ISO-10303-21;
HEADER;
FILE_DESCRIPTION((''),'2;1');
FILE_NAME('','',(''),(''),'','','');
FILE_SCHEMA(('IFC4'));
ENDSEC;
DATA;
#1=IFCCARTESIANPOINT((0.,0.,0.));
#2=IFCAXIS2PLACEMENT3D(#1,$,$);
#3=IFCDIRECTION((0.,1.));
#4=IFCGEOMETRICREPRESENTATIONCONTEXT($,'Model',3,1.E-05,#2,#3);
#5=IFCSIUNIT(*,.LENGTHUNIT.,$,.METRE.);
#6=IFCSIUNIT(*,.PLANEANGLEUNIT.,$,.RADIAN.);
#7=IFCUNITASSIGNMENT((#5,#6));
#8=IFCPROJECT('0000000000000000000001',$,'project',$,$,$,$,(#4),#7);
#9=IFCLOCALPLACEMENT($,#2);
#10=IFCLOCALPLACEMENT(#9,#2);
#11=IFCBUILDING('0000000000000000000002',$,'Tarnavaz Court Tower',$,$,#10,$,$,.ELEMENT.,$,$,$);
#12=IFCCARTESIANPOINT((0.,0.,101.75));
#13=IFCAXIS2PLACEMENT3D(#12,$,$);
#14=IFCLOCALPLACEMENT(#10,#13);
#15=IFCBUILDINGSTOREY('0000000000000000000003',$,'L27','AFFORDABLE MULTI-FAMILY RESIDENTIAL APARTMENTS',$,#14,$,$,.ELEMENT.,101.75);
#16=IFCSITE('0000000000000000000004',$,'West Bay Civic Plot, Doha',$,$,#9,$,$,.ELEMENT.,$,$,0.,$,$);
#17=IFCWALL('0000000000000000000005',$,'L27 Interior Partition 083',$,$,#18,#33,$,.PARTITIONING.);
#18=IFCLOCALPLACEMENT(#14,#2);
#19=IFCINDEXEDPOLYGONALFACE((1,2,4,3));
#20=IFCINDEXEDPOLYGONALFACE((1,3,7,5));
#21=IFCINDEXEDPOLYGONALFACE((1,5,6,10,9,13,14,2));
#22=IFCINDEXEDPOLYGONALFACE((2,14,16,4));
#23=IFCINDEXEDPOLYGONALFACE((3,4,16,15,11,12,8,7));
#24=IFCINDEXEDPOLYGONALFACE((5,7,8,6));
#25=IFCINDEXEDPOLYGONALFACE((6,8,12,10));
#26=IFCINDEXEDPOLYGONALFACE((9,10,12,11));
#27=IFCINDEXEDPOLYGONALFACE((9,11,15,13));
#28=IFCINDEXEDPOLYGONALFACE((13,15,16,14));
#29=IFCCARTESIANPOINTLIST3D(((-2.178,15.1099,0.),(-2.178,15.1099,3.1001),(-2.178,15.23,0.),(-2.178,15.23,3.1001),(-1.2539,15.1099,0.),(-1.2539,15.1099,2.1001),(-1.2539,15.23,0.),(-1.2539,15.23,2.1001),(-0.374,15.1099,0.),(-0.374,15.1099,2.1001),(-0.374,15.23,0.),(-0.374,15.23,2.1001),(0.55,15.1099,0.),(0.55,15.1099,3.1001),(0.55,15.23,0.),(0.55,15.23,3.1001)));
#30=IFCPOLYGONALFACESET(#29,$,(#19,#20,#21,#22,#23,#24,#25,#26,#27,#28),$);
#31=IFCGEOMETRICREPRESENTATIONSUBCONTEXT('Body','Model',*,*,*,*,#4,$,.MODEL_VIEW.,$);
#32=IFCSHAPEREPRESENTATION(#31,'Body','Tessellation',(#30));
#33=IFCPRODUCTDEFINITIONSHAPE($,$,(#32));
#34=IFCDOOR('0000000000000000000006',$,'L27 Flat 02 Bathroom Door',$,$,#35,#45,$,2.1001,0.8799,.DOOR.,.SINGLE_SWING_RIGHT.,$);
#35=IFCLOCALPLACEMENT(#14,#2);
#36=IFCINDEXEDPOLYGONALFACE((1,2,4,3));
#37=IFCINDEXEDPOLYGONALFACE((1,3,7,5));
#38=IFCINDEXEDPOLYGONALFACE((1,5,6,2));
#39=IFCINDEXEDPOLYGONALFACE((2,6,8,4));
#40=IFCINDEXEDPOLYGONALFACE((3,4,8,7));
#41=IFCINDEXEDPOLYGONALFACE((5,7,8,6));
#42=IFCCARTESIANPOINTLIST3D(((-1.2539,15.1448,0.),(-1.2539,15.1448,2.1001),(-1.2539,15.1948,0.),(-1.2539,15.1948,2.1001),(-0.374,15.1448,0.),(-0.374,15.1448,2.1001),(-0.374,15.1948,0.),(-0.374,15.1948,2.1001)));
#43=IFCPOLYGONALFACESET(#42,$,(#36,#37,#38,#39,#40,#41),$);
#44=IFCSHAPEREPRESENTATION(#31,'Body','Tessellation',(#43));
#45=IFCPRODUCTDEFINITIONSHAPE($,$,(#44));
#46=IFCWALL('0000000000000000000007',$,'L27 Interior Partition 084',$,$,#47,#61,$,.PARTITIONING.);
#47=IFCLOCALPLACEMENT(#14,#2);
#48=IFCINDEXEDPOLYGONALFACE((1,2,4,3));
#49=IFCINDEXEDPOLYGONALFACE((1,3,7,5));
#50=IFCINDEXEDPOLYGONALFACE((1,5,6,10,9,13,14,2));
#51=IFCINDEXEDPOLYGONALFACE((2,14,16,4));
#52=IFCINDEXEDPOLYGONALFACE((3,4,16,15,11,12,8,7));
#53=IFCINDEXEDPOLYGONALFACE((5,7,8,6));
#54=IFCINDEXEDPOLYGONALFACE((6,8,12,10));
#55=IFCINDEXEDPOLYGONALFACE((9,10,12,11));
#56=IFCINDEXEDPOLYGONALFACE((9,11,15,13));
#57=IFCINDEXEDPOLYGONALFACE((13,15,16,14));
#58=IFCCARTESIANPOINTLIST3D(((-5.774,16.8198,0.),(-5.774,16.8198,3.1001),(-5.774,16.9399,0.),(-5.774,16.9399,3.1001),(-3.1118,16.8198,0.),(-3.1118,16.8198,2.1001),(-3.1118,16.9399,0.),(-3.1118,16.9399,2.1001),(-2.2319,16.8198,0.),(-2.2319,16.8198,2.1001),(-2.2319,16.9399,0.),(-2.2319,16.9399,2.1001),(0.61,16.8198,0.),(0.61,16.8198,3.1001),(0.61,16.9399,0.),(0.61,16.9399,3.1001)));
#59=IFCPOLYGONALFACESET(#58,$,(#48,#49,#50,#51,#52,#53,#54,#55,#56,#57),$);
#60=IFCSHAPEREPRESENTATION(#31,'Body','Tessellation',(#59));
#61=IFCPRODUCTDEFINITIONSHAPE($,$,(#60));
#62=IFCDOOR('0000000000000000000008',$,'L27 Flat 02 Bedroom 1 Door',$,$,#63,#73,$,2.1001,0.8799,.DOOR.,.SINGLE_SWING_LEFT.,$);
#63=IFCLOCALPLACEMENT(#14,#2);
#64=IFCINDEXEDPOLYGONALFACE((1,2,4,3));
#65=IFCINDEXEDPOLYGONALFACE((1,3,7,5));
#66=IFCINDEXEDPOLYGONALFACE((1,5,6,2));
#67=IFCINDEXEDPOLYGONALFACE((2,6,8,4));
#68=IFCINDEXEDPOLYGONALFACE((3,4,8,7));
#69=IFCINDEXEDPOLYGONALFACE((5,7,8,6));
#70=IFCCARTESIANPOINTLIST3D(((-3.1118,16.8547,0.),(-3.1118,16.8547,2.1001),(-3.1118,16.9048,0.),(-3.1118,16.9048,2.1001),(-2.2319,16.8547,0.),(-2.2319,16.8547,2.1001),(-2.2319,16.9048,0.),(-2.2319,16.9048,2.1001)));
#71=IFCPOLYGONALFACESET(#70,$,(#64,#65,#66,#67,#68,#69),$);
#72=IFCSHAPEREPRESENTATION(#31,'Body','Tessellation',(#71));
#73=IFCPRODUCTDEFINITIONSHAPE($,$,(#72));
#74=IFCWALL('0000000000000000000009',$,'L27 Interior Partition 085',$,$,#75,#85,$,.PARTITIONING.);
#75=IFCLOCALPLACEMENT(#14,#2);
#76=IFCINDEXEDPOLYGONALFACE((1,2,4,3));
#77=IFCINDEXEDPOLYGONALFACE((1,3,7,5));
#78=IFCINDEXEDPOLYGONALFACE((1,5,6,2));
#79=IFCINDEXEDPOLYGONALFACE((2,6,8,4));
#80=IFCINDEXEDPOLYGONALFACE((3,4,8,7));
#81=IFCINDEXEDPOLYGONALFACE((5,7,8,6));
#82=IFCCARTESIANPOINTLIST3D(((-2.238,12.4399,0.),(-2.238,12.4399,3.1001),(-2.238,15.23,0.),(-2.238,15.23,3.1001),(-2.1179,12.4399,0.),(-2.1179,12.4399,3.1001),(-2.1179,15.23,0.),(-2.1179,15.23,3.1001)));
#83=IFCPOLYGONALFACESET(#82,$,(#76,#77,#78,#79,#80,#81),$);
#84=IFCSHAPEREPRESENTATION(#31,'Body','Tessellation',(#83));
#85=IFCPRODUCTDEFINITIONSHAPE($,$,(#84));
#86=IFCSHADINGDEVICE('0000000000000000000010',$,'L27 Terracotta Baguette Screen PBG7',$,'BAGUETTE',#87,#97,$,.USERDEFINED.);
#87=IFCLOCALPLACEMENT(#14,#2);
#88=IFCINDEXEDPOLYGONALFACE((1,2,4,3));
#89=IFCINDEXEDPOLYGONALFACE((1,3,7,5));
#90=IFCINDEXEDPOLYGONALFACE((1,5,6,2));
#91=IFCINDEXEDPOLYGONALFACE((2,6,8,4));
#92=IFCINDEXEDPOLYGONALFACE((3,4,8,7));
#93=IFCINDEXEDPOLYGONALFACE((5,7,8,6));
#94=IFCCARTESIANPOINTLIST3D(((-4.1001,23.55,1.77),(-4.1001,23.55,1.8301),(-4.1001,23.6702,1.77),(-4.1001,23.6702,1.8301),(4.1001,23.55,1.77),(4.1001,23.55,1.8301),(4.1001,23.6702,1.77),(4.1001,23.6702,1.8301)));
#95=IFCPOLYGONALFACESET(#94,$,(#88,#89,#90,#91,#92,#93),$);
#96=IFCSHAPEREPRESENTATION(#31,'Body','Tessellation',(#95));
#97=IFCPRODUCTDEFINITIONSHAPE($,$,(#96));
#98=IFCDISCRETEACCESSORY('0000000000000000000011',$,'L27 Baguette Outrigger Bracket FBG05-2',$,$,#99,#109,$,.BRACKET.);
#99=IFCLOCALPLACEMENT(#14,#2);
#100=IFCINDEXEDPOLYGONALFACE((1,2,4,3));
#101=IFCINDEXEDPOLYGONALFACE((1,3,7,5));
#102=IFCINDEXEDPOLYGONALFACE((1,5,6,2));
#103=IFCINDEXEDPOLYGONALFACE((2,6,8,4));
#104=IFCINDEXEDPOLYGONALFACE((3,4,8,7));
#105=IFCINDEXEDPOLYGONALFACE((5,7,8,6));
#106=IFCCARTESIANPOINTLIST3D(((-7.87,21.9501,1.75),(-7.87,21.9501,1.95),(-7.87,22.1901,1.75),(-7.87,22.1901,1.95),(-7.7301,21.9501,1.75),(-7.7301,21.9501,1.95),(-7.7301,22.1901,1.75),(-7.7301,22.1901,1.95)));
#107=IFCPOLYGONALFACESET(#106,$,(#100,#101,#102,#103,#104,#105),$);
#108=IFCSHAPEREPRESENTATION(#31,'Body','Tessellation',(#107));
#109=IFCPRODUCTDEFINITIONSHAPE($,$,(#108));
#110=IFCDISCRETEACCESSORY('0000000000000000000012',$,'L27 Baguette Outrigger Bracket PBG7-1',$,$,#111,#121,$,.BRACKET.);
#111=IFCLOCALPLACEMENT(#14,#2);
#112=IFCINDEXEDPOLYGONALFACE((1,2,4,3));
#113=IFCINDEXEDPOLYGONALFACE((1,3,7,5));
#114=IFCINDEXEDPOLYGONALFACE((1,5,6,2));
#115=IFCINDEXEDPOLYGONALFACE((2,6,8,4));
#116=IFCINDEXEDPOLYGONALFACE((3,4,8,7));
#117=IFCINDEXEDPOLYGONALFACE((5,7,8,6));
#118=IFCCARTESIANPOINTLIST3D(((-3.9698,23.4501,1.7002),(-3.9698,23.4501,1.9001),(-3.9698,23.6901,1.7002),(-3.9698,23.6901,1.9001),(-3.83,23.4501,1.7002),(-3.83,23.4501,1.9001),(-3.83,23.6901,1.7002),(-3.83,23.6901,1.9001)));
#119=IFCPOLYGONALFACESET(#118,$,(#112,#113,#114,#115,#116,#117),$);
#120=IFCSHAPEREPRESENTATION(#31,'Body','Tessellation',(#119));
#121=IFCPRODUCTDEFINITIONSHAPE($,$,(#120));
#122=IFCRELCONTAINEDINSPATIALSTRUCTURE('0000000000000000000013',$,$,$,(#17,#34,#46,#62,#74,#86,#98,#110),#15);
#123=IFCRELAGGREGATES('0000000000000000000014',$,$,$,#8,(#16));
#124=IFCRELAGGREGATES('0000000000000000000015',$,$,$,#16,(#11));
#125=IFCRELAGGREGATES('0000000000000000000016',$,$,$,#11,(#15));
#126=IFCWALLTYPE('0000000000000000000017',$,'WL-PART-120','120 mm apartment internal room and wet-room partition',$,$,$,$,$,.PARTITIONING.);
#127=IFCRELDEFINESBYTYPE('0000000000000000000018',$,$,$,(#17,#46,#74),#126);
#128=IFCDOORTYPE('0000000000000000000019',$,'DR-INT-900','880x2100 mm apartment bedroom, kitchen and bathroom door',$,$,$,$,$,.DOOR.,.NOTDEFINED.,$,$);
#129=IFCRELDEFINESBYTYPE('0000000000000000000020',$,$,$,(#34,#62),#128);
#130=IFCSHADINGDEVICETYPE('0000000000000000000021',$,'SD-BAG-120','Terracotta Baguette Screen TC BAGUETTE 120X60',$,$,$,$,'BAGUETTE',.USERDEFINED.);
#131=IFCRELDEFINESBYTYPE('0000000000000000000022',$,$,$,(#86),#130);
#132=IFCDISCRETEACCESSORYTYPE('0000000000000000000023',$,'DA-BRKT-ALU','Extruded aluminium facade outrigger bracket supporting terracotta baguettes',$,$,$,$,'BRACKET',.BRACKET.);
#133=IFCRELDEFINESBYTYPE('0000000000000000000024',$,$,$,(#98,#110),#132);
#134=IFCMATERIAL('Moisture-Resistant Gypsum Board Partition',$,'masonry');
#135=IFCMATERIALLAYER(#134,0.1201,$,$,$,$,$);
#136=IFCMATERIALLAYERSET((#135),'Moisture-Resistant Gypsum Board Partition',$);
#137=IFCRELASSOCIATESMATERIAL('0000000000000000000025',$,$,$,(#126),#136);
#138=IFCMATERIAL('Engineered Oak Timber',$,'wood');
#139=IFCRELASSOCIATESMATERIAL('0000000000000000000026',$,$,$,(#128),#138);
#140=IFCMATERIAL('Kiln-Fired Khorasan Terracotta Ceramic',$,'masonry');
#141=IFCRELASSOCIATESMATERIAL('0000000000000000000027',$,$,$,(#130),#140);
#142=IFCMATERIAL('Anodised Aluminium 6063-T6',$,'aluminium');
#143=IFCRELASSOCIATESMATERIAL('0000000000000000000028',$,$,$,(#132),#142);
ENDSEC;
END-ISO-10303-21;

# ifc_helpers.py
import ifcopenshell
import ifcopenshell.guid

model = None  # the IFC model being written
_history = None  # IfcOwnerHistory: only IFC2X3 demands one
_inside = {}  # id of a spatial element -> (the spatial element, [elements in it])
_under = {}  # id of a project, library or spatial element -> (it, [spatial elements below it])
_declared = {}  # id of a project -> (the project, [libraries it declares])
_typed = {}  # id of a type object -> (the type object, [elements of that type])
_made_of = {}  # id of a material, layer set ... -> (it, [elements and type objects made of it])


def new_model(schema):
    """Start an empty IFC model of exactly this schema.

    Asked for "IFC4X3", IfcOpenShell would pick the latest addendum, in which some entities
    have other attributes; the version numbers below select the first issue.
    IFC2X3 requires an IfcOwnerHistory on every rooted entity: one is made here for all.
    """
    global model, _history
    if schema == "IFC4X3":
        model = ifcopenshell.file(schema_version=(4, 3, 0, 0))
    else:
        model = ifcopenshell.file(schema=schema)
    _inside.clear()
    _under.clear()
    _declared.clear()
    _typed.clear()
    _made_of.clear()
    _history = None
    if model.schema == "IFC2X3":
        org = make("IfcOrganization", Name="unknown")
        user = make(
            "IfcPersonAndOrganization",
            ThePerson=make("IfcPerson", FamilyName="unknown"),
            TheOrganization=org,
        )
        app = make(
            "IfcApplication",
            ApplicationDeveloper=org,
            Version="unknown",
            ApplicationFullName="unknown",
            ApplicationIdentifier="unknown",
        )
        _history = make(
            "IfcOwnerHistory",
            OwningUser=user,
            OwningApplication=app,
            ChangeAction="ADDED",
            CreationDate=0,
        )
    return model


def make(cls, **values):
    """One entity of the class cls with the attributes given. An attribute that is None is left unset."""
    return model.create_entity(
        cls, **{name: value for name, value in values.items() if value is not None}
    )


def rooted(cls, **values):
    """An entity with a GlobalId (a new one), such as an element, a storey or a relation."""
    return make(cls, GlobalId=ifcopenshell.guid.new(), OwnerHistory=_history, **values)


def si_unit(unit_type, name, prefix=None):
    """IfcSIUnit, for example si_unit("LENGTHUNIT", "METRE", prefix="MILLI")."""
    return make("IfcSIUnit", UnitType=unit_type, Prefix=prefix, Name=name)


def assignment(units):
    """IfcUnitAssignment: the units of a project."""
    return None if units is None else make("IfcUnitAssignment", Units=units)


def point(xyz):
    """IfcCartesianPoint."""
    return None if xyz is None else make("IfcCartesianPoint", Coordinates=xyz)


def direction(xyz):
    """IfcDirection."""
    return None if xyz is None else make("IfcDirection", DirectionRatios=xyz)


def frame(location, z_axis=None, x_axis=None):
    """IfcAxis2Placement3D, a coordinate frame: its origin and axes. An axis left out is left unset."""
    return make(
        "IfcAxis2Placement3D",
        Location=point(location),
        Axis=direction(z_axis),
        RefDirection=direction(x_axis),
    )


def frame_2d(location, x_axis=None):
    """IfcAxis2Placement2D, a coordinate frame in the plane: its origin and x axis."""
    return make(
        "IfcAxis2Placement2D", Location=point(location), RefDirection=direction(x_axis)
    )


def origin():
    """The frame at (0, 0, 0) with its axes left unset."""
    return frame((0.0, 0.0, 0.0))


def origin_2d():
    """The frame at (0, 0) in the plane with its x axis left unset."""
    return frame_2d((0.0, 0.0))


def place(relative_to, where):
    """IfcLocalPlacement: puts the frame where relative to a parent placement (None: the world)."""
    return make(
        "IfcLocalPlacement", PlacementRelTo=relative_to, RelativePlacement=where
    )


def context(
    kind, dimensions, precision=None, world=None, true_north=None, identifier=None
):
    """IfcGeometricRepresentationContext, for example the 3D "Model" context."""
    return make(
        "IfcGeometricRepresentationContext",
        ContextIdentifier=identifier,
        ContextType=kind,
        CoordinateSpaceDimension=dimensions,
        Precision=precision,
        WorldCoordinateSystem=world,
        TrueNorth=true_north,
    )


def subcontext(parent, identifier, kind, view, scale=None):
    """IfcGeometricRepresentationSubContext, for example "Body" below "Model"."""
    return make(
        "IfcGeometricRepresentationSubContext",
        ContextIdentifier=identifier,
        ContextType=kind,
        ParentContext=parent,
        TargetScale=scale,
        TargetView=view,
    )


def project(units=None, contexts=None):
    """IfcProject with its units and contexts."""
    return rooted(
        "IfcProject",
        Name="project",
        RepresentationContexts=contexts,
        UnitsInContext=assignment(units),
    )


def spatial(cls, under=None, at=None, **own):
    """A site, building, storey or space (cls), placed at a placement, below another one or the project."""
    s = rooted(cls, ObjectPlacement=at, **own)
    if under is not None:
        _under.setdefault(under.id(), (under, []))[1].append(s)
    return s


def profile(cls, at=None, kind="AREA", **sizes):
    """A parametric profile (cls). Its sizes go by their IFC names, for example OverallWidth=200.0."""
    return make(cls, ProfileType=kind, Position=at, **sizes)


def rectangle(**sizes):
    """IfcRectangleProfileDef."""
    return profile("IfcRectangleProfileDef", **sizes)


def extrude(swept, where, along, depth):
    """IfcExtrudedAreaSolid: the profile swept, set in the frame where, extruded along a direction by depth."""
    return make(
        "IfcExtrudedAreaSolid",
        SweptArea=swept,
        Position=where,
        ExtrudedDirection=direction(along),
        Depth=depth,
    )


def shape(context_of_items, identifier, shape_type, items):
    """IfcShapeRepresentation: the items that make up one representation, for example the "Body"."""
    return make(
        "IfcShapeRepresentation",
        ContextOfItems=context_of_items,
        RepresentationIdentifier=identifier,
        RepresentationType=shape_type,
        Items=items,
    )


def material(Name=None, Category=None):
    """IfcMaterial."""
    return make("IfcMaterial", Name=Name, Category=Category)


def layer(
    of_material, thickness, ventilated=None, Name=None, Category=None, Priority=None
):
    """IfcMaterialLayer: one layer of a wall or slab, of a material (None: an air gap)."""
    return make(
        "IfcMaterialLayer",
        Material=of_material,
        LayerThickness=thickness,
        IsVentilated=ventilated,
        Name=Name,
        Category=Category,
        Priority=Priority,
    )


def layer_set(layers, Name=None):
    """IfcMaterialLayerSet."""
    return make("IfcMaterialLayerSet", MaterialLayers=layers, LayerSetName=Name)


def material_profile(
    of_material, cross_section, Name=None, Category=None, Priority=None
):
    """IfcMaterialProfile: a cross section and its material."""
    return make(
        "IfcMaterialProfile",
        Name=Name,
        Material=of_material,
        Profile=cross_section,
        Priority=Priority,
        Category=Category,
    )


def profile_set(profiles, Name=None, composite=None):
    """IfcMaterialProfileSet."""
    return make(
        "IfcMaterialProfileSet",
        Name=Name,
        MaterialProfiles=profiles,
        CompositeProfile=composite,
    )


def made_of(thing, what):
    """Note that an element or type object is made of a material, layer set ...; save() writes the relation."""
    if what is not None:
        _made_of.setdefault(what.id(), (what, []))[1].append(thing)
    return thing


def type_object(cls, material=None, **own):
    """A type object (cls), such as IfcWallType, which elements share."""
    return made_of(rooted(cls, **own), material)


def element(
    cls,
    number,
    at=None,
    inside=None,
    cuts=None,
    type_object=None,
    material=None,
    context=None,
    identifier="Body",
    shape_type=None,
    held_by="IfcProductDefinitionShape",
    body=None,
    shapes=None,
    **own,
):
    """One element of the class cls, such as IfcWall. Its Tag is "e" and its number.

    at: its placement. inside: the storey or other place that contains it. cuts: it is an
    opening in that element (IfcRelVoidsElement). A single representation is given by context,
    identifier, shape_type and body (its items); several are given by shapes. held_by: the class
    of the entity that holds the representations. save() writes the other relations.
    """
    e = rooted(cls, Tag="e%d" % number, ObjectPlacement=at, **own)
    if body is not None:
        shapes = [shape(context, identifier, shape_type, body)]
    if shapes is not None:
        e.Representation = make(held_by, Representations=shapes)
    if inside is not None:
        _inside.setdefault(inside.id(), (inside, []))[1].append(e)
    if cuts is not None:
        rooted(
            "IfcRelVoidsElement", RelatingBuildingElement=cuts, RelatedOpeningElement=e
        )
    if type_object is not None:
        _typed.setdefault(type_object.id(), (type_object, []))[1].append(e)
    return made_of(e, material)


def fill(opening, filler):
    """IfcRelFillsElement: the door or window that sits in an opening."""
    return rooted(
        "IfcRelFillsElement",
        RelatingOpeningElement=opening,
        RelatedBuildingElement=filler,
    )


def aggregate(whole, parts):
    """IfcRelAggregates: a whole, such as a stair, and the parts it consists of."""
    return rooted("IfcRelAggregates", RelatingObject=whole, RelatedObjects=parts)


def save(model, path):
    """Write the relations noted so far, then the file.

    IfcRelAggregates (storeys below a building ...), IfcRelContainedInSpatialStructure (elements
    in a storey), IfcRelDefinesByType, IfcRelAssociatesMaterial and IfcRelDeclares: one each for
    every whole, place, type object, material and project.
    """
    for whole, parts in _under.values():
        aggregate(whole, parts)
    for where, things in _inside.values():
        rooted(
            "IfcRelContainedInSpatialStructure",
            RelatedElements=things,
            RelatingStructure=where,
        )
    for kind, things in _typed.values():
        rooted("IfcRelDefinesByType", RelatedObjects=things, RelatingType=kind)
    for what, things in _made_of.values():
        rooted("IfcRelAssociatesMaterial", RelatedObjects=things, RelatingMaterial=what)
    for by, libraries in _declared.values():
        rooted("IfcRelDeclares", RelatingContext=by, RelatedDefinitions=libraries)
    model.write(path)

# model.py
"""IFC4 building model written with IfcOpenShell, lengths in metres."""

from ifc_helpers import new_model, si_unit, direction, frame, frame_2d, origin, origin_2d, place, context, subcontext, project, spatial, rectangle, extrude, material, layer, layer_set, material_profile, profile_set, type_object, element, fill, save


model = new_model("IFC4")

# Units and contexts
model_context = context("Model", 3, precision=1e-05, world=origin(), true_north=direction((0.0, 1.0)))
body_context = subcontext(model_context, "Body", "Model", "MODEL_VIEW")
ifc_project = project(units=[si_unit("LENGTHUNIT", "METRE"), si_unit("PLANEANGLEUNIT", "RADIAN")], contexts=[model_context])

# Site, building, storey
site_placement = place(None, origin())
site = spatial("IfcSite", under=ifc_project, at=site_placement, Name="West Bay Civic Plot, Doha", CompositionType="ELEMENT", RefElevation=0.0)
building_placement = place(site_placement, origin())
building = spatial("IfcBuilding", under=site, at=building_placement, Name="Tarnavaz Court Tower", CompositionType="ELEMENT")
storey_placement = place(building_placement, frame((0.0, 0.0, 101.75)))
storey = spatial("IfcBuildingStorey", under=building, at=storey_placement, Name="L27", Description="AFFORDABLE MULTI-FAMILY RESIDENTIAL APARTMENTS", CompositionType="ELEMENT", Elevation=101.75)

# Shared definitions
ifc_material_1 = material(Name="Anodised Aluminium 6063-T6", Category="aluminium")

# Walls, openings, doors
ifc_material_2 = material(Name="Moisture-Resistant Gypsum Board Partition", Category="masonry")
ifc_layer_1 = layer(ifc_material_2, 0.1201)
ifc_layer_set_1 = layer_set([ifc_layer_1], Name="Moisture-Resistant Gypsum Board Partition")
wall_type_1 = type_object("IfcWallType", Name="WL-PART-120", Description="120 mm apartment internal room and wet-room partition", PredefinedType="PARTITIONING", material=ifc_layer_set_1)
ifc_material_3 = material(Name="Engineered Oak Timber", Category="wood")
door_type = type_object("IfcDoorType", Name="DR-INT-900", Description="880x2100 mm apartment bedroom, kitchen and bathroom door", OperationType="NOTDEFINED", PredefinedType="DOOR", material=ifc_material_3)
wall_1_placement = place(storey_placement, frame((-2.178, 15.1699, 0.0), z_axis=(0.0, 0.0, 1.0), x_axis=(1.0, 0.0, 0.0)))
wall_1 = element("IfcWall", 1, at=wall_1_placement, inside=storey, type_object=wall_type_1, Name="L27 Interior Partition 083", PredefinedType="PARTITIONING", context=body_context, shape_type="SweptSolid", body=[
    extrude(rectangle(XDim=2.728, YDim=0.1201, at=frame_2d((1.364, 0.0))), origin(), (0.0, 0.0, 1.0), 3.1001),
])
opening_1_placement = place(wall_1_placement, frame((0.9241, 0.0, 0.0)))
opening_1 = element("IfcOpeningElement", 2, at=opening_1_placement, cuts=wall_1, PredefinedType="OPENING", context=body_context, shape_type="SweptSolid", body=[
    extrude(rectangle(XDim=0.8799, YDim=2.1001, at=frame_2d((0.4399, 1.05))), frame((0.0, 0.0701, 0.0), z_axis=(0.0, -1.0, 0.0), x_axis=(1.0, 0.0, 0.0)), (0.0, 0.0, 1.0), 0.1401),
])
door_1_placement = place(opening_1_placement, origin())
door_1 = element("IfcDoor", 3, at=door_1_placement, inside=storey, type_object=door_type, Name="L27 Flat 02 Bathroom Door", OperationType="SINGLE_SWING_RIGHT", OverallHeight=2.1001, OverallWidth=0.8799, PredefinedType="DOOR", context=body_context, shape_type="SweptSolid", body=[
    extrude(rectangle(XDim=0.8799, YDim=2.1001, at=frame_2d((0.4399, 1.05))), frame((0.0, 0.0249, 0.0), z_axis=(0.0, -1.0, 0.0), x_axis=(1.0, 0.0, 0.0)), (0.0, 0.0, 1.0), 0.05),
])
fill(opening_1, door_1)
wall_2_placement = place(storey_placement, frame((-5.7739, 16.8799, 0.0), z_axis=(0.0, 0.0, 1.0), x_axis=(1.0, 0.0, 0.0)))
wall_2 = element("IfcWall", 4, at=wall_2_placement, inside=storey, type_object=wall_type_1, Name="L27 Interior Partition 084", PredefinedType="PARTITIONING", context=body_context, shape_type="SweptSolid", body=[
    extrude(rectangle(XDim=6.384, YDim=0.1201, at=frame_2d((3.1919, 0.0))), origin(), (0.0, 0.0, 1.0), 3.1001),
])
opening_2_placement = place(wall_2_placement, frame((2.6621, 0.0, 0.0)))
opening_2 = element("IfcOpeningElement", 5, at=opening_2_placement, cuts=wall_2, PredefinedType="OPENING", context=body_context, shape_type="SweptSolid", body=[
    extrude(rectangle(XDim=0.8799, YDim=2.1001, at=frame_2d((0.4399, 1.05))), frame((0.0, 0.0701, 0.0), z_axis=(0.0, -1.0, 0.0), x_axis=(1.0, 0.0, 0.0)), (0.0, 0.0, 1.0), 0.1401),
])
door_2_placement = place(opening_2_placement, origin())
door_2 = element("IfcDoor", 6, at=door_2_placement, inside=storey, type_object=door_type, Name="L27 Flat 02 Bedroom 1 Door", OperationType="SINGLE_SWING_LEFT", OverallHeight=2.1001, OverallWidth=0.8799, PredefinedType="DOOR", context=body_context, shape_type="SweptSolid", body=[
    extrude(rectangle(XDim=0.8799, YDim=2.1001, at=frame_2d((0.4399, 1.05))), frame((0.0, 0.0249, 0.0), z_axis=(0.0, -1.0, 0.0), x_axis=(1.0, 0.0, 0.0)), (0.0, 0.0, 1.0), 0.05),
])
fill(opening_2, door_2)

# Wall
wall_3_placement = place(storey_placement, frame((-2.178, 12.4399, 0.0), z_axis=(0.0, 0.0, 1.0), x_axis=(0.0, 1.0, 0.0)))
element("IfcWall", 7, at=wall_3_placement, inside=storey, type_object=wall_type_1, Name="L27 Interior Partition 085", PredefinedType="PARTITIONING", context=body_context, shape_type="SweptSolid", body=[
    extrude(rectangle(XDim=2.79, YDim=0.1201, at=frame_2d((1.395, 0.0))), origin(), (0.0, 0.0, 1.0), 3.1001),
])

# Shading device
ifc_material_4 = material(Name="Kiln-Fired Khorasan Terracotta Ceramic", Category="masonry")
ifc_material_profile_1 = material_profile(ifc_material_4, rectangle(XDim=0.1201, YDim=0.0601, at=origin_2d()), Name="TC BAGUETTE 120X60")
ifc_profile_set_1 = profile_set([ifc_material_profile_1], Name="Kiln-Fired Khorasan Terracotta Ceramic")
shading_device_type = type_object("IfcShadingDeviceType", Name="SD-BAG-120", Description="Terracotta Baguette Screen TC BAGUETTE 120X60", ElementType="BAGUETTE", PredefinedType="USERDEFINED", material=ifc_profile_set_1)
shading_device_placement = place(storey_placement, frame((-4.1001, 23.6101, 1.8), z_axis=(1.0, 0.0, 0.0), x_axis=(0.0, 1.0, 0.0)))
element("IfcShadingDevice", 8, at=shading_device_placement, inside=storey, type_object=shading_device_type, Name="L27 Terracotta Baguette Screen PBG7", ObjectType="BAGUETTE", PredefinedType="USERDEFINED", context=body_context, shape_type="SweptSolid", body=[
    extrude(rectangle(XDim=0.1201, YDim=0.0601, at=origin_2d()), origin(), (0.0, 0.0, 1.0), 8.2002),
])

# Discrete accessories
discrete_accessory_type = type_object("IfcDiscreteAccessoryType", Name="DA-BRKT-ALU", Description="Extruded aluminium facade outrigger bracket supporting terracotta baguettes", ElementType="BRACKET", PredefinedType="BRACKET", material=ifc_material_1)
for number, where, z_axis, x_axis, name in (
    (9, (-7.8, 22.0701, 1.75), (0.0, 0.0, 1.0), (1.0, 0.0, 0.0), "L27 Baguette Outrigger Bracket FBG05-2"),
    (10, (-3.8999, 23.5701, 1.7002), (0.0, 0.0, 1.0), (1.0, 0.0, 0.0), "L27 Baguette Outrigger Bracket PBG7-1"),
):
    element("IfcDiscreteAccessory", number, at=place(storey_placement, frame(where, z_axis=z_axis, x_axis=x_axis)), inside=storey, type_object=discrete_accessory_type, Name=name, PredefinedType="BRACKET", context=body_context, shape_type="SweptSolid", body=[
        extrude(rectangle(XDim=0.1399, YDim=0.24, at=origin_2d()), origin(), (0.0, 0.0, 1.0), 0.2),
    ])

save(model, "model.ifc")
